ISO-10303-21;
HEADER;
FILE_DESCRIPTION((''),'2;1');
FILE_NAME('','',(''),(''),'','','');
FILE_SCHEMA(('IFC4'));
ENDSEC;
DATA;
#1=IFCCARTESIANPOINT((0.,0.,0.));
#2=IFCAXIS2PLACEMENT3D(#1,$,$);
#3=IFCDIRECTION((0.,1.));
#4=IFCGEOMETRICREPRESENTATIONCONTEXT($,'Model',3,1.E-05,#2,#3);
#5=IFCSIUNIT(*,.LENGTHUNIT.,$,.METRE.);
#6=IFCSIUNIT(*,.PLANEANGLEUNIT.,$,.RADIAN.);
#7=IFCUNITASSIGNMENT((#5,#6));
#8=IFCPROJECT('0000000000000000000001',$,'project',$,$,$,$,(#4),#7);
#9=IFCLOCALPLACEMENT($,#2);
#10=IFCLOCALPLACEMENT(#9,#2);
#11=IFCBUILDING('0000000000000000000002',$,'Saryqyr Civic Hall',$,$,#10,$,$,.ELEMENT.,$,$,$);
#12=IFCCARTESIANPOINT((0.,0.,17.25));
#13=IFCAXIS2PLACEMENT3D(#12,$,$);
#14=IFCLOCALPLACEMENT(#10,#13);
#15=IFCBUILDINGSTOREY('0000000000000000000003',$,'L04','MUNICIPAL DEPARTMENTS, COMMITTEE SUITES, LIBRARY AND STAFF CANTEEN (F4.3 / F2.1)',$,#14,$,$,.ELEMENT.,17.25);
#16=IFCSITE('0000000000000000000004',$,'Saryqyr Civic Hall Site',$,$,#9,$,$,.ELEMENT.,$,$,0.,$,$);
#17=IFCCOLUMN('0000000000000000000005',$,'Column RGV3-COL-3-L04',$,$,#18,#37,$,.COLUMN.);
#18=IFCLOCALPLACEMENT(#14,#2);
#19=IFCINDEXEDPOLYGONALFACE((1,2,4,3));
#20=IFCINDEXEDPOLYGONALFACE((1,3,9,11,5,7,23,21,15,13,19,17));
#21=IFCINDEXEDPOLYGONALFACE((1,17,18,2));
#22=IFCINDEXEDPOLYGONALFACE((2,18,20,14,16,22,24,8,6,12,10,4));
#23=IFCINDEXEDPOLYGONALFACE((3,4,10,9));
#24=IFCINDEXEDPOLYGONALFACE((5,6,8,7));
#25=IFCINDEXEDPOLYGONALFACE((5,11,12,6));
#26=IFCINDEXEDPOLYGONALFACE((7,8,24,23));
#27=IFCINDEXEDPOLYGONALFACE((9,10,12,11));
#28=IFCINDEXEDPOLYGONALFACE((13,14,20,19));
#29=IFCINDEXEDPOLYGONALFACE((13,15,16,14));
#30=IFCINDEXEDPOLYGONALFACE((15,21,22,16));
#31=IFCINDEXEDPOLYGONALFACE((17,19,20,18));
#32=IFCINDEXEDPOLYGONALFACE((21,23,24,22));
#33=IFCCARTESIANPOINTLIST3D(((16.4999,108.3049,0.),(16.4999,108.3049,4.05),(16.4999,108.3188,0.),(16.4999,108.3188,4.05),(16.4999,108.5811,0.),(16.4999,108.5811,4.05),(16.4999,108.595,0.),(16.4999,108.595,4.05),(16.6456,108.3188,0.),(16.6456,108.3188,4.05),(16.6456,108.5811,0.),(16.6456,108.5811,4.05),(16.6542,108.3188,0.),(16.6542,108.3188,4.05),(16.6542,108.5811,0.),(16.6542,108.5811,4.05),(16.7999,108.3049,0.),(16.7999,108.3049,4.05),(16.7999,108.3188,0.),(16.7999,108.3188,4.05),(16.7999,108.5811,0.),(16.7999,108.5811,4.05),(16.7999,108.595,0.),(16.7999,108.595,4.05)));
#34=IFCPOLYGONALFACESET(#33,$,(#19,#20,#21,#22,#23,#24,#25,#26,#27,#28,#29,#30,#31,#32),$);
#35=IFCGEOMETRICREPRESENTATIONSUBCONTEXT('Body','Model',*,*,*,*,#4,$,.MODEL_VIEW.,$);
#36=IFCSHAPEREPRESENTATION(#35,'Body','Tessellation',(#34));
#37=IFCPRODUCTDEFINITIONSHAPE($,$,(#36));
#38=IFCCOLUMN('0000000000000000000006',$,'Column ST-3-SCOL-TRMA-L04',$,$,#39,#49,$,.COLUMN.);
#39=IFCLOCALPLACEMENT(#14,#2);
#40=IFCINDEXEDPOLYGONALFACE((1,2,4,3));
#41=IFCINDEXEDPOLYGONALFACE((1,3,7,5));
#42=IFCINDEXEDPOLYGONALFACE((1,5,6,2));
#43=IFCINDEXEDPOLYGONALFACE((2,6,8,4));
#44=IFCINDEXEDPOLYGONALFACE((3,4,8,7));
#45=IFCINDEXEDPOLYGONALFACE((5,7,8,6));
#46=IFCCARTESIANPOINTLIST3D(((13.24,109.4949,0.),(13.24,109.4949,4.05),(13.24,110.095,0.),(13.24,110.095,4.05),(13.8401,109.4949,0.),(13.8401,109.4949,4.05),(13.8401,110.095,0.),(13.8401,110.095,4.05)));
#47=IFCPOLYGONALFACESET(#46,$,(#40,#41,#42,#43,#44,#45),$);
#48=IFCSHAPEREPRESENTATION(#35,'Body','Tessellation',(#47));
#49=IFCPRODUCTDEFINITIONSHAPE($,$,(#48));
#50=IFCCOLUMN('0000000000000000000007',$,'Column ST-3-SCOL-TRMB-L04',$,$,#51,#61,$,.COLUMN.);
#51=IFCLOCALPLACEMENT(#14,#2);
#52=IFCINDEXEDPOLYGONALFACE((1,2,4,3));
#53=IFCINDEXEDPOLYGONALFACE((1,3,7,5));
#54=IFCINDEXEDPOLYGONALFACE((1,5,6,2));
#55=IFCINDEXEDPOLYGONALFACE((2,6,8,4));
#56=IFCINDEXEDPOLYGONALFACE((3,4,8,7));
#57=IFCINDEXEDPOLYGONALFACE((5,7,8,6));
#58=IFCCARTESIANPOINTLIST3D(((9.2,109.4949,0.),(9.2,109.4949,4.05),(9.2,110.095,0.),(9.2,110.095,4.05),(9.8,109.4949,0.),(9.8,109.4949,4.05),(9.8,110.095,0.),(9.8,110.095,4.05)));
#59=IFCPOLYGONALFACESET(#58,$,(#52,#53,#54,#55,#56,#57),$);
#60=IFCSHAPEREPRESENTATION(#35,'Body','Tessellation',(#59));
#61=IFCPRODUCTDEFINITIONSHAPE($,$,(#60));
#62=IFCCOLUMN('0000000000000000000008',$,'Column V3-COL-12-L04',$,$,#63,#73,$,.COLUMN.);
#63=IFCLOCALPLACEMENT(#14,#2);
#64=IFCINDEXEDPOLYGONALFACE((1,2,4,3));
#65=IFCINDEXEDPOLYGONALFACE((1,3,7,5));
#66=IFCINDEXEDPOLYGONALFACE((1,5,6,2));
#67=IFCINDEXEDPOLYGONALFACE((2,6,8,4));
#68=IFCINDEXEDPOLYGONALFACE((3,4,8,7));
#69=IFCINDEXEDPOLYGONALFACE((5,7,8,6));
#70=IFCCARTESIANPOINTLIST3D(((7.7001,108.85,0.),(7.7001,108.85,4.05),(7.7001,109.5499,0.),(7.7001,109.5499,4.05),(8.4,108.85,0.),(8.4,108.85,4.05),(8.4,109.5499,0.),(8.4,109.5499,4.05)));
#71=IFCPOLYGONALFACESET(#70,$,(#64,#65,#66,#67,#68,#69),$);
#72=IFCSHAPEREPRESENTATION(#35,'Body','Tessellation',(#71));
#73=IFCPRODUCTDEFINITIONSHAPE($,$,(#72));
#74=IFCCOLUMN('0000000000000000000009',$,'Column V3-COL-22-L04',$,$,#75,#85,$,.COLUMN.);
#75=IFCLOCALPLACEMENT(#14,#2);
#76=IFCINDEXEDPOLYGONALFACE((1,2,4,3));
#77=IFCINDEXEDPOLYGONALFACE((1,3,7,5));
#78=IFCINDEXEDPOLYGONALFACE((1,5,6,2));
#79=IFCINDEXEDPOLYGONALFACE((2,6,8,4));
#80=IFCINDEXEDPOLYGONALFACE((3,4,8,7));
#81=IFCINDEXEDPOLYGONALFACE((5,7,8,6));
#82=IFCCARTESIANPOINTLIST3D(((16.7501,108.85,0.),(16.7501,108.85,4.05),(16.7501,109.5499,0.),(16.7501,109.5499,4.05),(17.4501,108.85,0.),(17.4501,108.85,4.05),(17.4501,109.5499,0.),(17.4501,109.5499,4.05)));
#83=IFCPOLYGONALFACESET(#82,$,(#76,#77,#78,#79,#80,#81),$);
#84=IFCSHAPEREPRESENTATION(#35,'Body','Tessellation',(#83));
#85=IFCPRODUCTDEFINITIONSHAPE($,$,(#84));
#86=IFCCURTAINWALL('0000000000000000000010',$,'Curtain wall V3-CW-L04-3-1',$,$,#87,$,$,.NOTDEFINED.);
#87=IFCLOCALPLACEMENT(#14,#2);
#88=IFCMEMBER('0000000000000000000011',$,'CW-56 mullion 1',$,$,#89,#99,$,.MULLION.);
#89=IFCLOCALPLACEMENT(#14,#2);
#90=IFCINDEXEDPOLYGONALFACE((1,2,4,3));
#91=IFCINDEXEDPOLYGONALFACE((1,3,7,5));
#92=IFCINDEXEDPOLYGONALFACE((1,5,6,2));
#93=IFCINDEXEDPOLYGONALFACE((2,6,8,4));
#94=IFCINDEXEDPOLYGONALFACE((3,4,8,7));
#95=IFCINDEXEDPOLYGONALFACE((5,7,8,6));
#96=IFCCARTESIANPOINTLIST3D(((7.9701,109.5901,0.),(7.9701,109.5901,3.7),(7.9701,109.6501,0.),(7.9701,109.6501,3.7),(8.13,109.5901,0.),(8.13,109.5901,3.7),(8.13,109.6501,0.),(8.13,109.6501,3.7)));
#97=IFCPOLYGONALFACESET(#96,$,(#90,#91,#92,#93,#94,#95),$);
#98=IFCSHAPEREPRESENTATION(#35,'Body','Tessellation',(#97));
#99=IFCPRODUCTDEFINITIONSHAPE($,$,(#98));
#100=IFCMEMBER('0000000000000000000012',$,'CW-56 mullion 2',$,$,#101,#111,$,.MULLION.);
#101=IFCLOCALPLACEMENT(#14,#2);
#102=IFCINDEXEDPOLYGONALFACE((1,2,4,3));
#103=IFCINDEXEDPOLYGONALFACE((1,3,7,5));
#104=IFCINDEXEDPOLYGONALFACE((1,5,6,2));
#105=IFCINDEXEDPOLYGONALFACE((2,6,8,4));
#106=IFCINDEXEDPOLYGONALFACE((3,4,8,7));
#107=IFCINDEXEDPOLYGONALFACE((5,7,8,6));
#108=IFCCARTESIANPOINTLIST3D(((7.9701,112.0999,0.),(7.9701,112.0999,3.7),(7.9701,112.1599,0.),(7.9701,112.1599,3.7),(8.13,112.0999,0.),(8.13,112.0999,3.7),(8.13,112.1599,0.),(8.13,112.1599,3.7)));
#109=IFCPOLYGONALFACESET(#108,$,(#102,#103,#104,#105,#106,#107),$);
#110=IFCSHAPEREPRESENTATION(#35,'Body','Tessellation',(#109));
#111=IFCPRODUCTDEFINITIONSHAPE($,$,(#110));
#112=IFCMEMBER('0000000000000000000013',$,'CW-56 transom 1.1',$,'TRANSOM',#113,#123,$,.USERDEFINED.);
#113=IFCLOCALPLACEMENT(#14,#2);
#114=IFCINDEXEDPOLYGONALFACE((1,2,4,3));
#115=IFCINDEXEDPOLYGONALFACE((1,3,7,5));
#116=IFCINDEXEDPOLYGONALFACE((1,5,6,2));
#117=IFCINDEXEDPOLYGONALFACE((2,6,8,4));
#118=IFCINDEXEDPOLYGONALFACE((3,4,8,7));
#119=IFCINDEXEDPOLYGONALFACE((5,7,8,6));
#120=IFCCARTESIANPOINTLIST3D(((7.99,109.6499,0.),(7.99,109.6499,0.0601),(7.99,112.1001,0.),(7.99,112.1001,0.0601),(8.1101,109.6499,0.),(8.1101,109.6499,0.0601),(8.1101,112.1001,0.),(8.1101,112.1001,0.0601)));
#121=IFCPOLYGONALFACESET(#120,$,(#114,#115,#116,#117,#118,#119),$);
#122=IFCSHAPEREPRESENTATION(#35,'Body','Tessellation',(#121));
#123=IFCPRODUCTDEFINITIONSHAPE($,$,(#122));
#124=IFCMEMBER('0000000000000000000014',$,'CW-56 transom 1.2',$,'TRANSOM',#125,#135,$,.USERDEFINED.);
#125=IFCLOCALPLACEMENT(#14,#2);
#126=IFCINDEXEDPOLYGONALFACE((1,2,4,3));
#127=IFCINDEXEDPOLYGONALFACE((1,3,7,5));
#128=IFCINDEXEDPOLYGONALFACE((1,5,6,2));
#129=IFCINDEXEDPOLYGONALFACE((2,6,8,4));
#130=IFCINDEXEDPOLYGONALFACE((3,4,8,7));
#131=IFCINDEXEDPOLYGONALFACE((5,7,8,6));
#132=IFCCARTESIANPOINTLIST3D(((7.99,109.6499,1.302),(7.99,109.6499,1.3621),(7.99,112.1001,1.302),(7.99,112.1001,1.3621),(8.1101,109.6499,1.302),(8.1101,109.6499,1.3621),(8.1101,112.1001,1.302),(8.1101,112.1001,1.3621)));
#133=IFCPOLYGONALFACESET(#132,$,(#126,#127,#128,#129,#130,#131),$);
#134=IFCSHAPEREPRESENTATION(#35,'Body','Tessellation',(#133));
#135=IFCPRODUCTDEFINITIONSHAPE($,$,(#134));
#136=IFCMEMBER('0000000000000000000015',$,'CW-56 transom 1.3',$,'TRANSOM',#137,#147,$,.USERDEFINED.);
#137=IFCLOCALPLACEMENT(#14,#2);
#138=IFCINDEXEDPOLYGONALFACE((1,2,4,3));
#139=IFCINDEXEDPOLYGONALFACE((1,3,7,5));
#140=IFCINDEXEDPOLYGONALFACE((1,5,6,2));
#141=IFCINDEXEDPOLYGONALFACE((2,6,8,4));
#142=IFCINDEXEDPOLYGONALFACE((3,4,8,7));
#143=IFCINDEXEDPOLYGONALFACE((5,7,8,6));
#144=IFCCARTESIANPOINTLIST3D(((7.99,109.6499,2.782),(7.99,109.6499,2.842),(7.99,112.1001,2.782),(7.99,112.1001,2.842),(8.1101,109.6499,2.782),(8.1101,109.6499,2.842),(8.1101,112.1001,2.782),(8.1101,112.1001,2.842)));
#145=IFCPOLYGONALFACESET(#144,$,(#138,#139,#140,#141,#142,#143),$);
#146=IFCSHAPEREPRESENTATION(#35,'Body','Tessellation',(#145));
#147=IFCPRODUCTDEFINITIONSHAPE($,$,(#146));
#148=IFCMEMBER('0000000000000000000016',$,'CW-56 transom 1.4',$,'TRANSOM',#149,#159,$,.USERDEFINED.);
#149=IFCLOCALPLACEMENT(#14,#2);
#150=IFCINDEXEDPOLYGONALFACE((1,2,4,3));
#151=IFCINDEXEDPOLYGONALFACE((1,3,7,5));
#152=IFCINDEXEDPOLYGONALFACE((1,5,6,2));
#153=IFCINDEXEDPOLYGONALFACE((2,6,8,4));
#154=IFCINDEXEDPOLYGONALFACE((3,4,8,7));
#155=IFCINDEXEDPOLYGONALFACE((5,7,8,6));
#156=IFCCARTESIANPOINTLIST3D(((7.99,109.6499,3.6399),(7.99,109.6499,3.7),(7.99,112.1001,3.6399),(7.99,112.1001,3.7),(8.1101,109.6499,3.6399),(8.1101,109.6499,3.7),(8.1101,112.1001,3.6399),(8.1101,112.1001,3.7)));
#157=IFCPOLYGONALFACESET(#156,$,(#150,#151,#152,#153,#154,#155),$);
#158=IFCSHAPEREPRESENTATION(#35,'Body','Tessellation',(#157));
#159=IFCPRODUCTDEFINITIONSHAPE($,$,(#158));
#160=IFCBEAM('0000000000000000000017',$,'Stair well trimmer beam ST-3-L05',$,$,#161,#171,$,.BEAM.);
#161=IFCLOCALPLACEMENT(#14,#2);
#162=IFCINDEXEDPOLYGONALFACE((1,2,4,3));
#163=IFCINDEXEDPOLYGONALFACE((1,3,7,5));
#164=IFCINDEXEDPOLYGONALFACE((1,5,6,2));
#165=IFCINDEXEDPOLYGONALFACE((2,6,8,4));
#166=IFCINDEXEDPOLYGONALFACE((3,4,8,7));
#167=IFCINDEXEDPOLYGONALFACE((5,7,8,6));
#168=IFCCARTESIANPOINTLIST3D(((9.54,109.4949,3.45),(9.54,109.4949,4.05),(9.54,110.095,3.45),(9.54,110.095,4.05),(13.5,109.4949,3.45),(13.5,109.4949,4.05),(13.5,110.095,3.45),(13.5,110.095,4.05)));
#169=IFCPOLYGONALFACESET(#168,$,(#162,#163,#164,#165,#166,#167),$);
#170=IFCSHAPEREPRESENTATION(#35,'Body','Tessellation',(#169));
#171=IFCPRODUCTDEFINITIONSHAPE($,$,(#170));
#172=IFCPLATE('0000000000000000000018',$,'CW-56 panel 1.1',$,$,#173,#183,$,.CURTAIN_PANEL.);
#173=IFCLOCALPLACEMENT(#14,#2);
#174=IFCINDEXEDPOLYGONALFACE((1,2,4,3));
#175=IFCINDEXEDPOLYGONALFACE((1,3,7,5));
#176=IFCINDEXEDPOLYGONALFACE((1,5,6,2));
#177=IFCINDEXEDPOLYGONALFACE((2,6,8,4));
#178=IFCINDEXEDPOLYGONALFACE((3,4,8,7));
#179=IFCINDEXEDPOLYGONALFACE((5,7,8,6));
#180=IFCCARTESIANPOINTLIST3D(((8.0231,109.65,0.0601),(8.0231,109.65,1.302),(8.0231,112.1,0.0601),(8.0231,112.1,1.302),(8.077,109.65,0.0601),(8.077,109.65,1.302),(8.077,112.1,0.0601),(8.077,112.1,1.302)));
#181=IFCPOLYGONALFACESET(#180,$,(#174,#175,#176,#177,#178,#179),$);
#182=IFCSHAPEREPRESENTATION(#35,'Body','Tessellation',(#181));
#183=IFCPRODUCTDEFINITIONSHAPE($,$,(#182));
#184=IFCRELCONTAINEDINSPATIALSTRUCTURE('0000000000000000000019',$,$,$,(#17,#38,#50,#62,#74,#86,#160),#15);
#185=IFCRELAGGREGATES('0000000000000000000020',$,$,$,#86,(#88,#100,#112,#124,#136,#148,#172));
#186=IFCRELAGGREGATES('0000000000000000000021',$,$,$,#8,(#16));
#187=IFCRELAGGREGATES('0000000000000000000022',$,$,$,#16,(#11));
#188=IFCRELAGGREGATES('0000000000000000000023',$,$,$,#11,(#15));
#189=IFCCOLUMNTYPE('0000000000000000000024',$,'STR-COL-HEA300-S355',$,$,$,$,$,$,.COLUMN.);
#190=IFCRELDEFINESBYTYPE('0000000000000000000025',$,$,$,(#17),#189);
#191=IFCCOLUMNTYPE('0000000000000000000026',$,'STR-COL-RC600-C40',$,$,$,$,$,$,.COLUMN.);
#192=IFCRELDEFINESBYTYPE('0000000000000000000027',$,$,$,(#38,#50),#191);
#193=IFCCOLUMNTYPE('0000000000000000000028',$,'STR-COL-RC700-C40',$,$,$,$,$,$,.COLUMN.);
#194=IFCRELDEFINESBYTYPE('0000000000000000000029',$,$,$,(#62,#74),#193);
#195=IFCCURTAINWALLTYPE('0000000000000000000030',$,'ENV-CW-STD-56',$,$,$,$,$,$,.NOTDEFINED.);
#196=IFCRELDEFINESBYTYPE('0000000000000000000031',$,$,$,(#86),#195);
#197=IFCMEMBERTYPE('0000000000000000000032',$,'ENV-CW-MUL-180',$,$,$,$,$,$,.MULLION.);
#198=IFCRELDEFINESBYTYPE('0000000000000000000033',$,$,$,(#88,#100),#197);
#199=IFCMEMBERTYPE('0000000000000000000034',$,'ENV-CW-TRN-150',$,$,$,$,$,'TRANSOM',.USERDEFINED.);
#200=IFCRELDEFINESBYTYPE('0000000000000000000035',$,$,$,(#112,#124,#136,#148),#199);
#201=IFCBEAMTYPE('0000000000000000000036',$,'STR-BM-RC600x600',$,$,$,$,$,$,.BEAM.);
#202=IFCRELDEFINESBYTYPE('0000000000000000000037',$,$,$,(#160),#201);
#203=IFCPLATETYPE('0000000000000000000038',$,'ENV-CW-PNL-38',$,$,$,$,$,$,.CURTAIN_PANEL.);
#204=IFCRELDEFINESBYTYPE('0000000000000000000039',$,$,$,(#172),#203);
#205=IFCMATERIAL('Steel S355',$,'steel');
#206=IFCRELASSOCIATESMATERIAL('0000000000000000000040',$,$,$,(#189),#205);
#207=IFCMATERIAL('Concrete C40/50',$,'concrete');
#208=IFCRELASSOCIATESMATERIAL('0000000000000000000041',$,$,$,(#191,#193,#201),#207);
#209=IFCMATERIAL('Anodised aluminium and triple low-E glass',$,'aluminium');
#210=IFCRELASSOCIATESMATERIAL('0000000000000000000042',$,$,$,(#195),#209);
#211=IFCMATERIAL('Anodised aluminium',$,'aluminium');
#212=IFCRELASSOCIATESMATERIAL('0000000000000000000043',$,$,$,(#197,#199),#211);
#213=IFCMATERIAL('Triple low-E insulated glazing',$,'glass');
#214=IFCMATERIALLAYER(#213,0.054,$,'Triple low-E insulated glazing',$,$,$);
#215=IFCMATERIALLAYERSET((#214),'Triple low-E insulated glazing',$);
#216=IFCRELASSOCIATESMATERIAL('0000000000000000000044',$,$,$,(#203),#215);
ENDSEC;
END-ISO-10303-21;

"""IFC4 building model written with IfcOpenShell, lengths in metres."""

from ifc_helpers import new_model, si_unit, direction, frame, origin, origin_2d, place, context, subcontext, project, spatial, rectangle, i_section, extrude, material, layer, layer_set, material_profile, profile_set, type_object, element, aggregate, save


model = new_model("IFC4")

# Units and contexts
model_context = context("Model", 3, precision=1e-05, world=origin(), true_north=direction((0.0, 1.0)))
body_context = subcontext(model_context, "Body", "Model", "MODEL_VIEW")
ifc_project = project(units=[si_unit("LENGTHUNIT", "METRE"), si_unit("PLANEANGLEUNIT", "RADIAN")], contexts=[model_context])

# Site, building, storey
site_placement = place(None, origin())
site = spatial("IfcSite", under=ifc_project, at=site_placement, Name="Saryqyr Civic Hall Site", CompositionType="ELEMENT", RefElevation=0.0)
building_placement = place(site_placement, origin())
building = spatial("IfcBuilding", under=site, at=building_placement, Name="Saryqyr Civic Hall", CompositionType="ELEMENT")
storey_placement = place(building_placement, frame((0.0, 0.0, 17.25)))
storey = spatial("IfcBuildingStorey", under=building, at=storey_placement, Name="L04", Description="MUNICIPAL DEPARTMENTS, COMMITTEE SUITES, LIBRARY AND STAFF CANTEEN (F4.3 / F2.1)", CompositionType="ELEMENT", Elevation=17.25)

# Columns
ifc_material_1 = material(Name="Steel S355", Category="steel")
ifc_material_profile_1 = material_profile(ifc_material_1, i_section(OverallWidth=0.3, OverallDepth=0.29, WebThickness=0.0085, FlangeThickness=0.0139, at=origin_2d()), Name="HEA 300")
ifc_profile_set_1 = profile_set([ifc_material_profile_1], Name="Steel S355")
column_type_1 = type_object("IfcColumnType", Name="STR-COL-HEA300-S355", PredefinedType="COLUMN", material=ifc_profile_set_1)
column_placement = place(storey_placement, frame((16.6499, 108.45, 0.0), z_axis=(0.0, 0.0, 1.0), x_axis=(1.0, 0.0, 0.0)))
element("IfcColumn", 1, at=column_placement, inside=storey, type_object=column_type_1, Name="Column RGV3-COL-3-L04", PredefinedType="COLUMN", context=body_context, shape_type="SweptSolid", body=[
    extrude(i_section(OverallWidth=0.3, OverallDepth=0.29, WebThickness=0.0085, FlangeThickness=0.0139, at=origin_2d()), origin(), (0.0, 0.0, 1.0), 4.05),
])
ifc_material_2 = material(Name="Concrete C40/50", Category="concrete")
ifc_material_profile_2 = material_profile(ifc_material_2, rectangle(XDim=0.6001, YDim=0.6001, at=origin_2d()), Name="RC 600x600")
ifc_profile_set_2 = profile_set([ifc_material_profile_2], Name="Concrete C40/50")
column_type_2 = type_object("IfcColumnType", Name="STR-COL-RC600-C40", PredefinedType="COLUMN", material=ifc_profile_set_2)
for number, where, z_axis, x_axis, name in (
    (2, (13.54, 109.7949, 0.0), (0.0, 0.0, 1.0), (1.0, 0.0, 0.0), "Column ST-3-SCOL-TRMA-L04"),
    (3, (9.5, 109.7949, 0.0), (0.0, 0.0, 1.0), (1.0, 0.0, 0.0), "Column ST-3-SCOL-TRMB-L04"),
):
    element("IfcColumn", number, at=place(storey_placement, frame(where, z_axis=z_axis, x_axis=x_axis)), inside=storey, type_object=column_type_2, Name=name, PredefinedType="COLUMN", context=body_context, shape_type="SweptSolid", body=[
        extrude(rectangle(XDim=0.6001, YDim=0.6001, at=origin_2d()), origin(), (0.0, 0.0, 1.0), 4.05),
    ])
ifc_material_profile_3 = material_profile(ifc_material_2, rectangle(XDim=0.7, YDim=0.7, at=origin_2d()), Name="RC 700x700")
ifc_profile_set_3 = profile_set([ifc_material_profile_3], Name="Concrete C40/50")
column_type_3 = type_object("IfcColumnType", Name="STR-COL-RC700-C40", PredefinedType="COLUMN", material=ifc_profile_set_3)
for number, where, z_axis, x_axis, name in (
    (4, (8.05, 109.2, 0.0), (0.0, 0.0, 1.0), (1.0, 0.0, 0.0), "Column V3-COL-12-L04"),
    (5, (17.1001, 109.2, 0.0), (0.0, 0.0, 1.0), (1.0, 0.0, 0.0), "Column V3-COL-22-L04"),
):
    element("IfcColumn", number, at=place(storey_placement, frame(where, z_axis=z_axis, x_axis=x_axis)), inside=storey, type_object=column_type_3, Name=name, PredefinedType="COLUMN", context=body_context, shape_type="SweptSolid", body=[
        extrude(rectangle(XDim=0.7, YDim=0.7, at=origin_2d()), origin(), (0.0, 0.0, 1.0), 4.05),
    ])

# Curtain wall, members
ifc_material_3 = material(Name="Anodised aluminium and triple low-E glass", Category="aluminium")
curtain_wall_type = type_object("IfcCurtainWallType", Name="ENV-CW-STD-56", PredefinedType="NOTDEFINED", material=ifc_material_3)
curtain_wall_placement = place(storey_placement, origin())
curtain_wall = element("IfcCurtainWall", 6, at=curtain_wall_placement, inside=storey, type_object=curtain_wall_type, Name="Curtain wall V3-CW-L04-3-1", PredefinedType="NOTDEFINED")
ifc_material_4 = material(Name="Anodised aluminium", Category="aluminium")
ifc_material_profile_4 = material_profile(ifc_material_4, rectangle(XDim=0.0601, YDim=0.1599, at=origin_2d()), Name="ALU MULLION 60x160")
ifc_profile_set_4 = profile_set([ifc_material_profile_4], Name="Anodised aluminium")
member_type_1 = type_object("IfcMemberType", Name="ENV-CW-MUL-180", PredefinedType="MULLION", material=ifc_profile_set_4)
member_1_placement = place(storey_placement, frame((8.05, 109.6201, 0.0), z_axis=(0.0, 0.0, 1.0), x_axis=(0.0, 1.0, 0.0)))
member_1 = element("IfcMember", 7, at=member_1_placement, type_object=member_type_1, Name="CW-56 mullion 1", PredefinedType="MULLION", context=body_context, shape_type="SweptSolid", body=[
    extrude(rectangle(XDim=0.0601, YDim=0.1599, at=origin_2d()), origin(), (0.0, 0.0, 1.0), 3.7),
])
member_2_placement = place(storey_placement, frame((8.05, 112.1299, 0.0), z_axis=(0.0, 0.0, 1.0), x_axis=(0.0, 1.0, 0.0)))
member_2 = element("IfcMember", 8, at=member_2_placement, type_object=member_type_1, Name="CW-56 mullion 2", PredefinedType="MULLION", context=body_context, shape_type="SweptSolid", body=[
    extrude(rectangle(XDim=0.0601, YDim=0.1599, at=origin_2d()), origin(), (0.0, 0.0, 1.0), 3.7),
])
ifc_material_profile_5 = material_profile(ifc_material_4, rectangle(XDim=0.1201, YDim=0.0601, at=origin_2d()), Name="ALU TRANSOM 120x60")
ifc_profile_set_5 = profile_set([ifc_material_profile_5], Name="Anodised aluminium")
member_type_2 = type_object("IfcMemberType", Name="ENV-CW-TRN-150", ElementType="TRANSOM", PredefinedType="USERDEFINED", material=ifc_profile_set_5)
member_3_placement = place(storey_placement, frame((8.05, 109.6499, 0.03), z_axis=(0.0, 1.0, 0.0), x_axis=(-1.0, 0.0, 0.0)))
member_3 = element("IfcMember", 9, at=member_3_placement, type_object=member_type_2, Name="CW-56 transom 1.1", ObjectType="TRANSOM", PredefinedType="USERDEFINED", context=body_context, shape_type="SweptSolid", body=[
    extrude(rectangle(XDim=0.1201, YDim=0.0601, at=origin_2d()), origin(), (0.0, 0.0, 1.0), 2.4502),
])
member_4_placement = place(storey_placement, frame((8.05, 109.6499, 1.332), z_axis=(0.0, 1.0, 0.0), x_axis=(-1.0, 0.0, 0.0)))
member_4 = element("IfcMember", 10, at=member_4_placement, type_object=member_type_2, Name="CW-56 transom 1.2", ObjectType="TRANSOM", PredefinedType="USERDEFINED", context=body_context, shape_type="SweptSolid", body=[
    extrude(rectangle(XDim=0.1201, YDim=0.0601, at=origin_2d()), origin(), (0.0, 0.0, 1.0), 2.4502),
])
member_5_placement = place(storey_placement, frame((8.05, 109.6499, 2.812), z_axis=(0.0, 1.0, 0.0), x_axis=(-1.0, 0.0, 0.0)))
member_5 = element("IfcMember", 11, at=member_5_placement, type_object=member_type_2, Name="CW-56 transom 1.3", ObjectType="TRANSOM", PredefinedType="USERDEFINED", context=body_context, shape_type="SweptSolid", body=[
    extrude(rectangle(XDim=0.1201, YDim=0.0601, at=origin_2d()), origin(), (0.0, 0.0, 1.0), 2.4502),
])
member_6_placement = place(storey_placement, frame((8.05, 109.6499, 3.6699), z_axis=(0.0, 1.0, 0.0), x_axis=(-1.0, 0.0, 0.0)))
member_6 = element("IfcMember", 12, at=member_6_placement, type_object=member_type_2, Name="CW-56 transom 1.4", ObjectType="TRANSOM", PredefinedType="USERDEFINED", context=body_context, shape_type="SweptSolid", body=[
    extrude(rectangle(XDim=0.1201, YDim=0.0601, at=origin_2d()), origin(), (0.0, 0.0, 1.0), 2.4502),
])

# Beam
ifc_material_profile_6 = material_profile(ifc_material_2, rectangle(XDim=0.6001, YDim=0.6001, at=origin_2d()), Name="RC 600x600")
ifc_profile_set_6 = profile_set([ifc_material_profile_6], Name="Concrete C40/50")
beam_type = type_object("IfcBeamType", Name="STR-BM-RC600x600", PredefinedType="BEAM", material=ifc_profile_set_6)
beam_placement = place(storey_placement, frame((13.5, 109.7949, 3.75), z_axis=(-1.0, 0.0, 0.0), x_axis=(0.0, -1.0, 0.0)))
element("IfcBeam", 13, at=beam_placement, inside=storey, type_object=beam_type, Name="Stair well trimmer beam ST-3-L05", PredefinedType="BEAM", context=body_context, shape_type="SweptSolid", body=[
    extrude(rectangle(XDim=0.6001, YDim=0.6001, at=origin_2d()), origin(), (0.0, 0.0, 1.0), 3.96),
])

# Plate
ifc_material_5 = material(Name="Triple low-E insulated glazing", Category="glass")
ifc_layer_1 = layer(ifc_material_5, 0.054, Name="Triple low-E insulated glazing")
ifc_layer_set_1 = layer_set([ifc_layer_1], Name="Triple low-E insulated glazing")
plate_type = type_object("IfcPlateType", Name="ENV-CW-PNL-38", PredefinedType="CURTAIN_PANEL", material=ifc_layer_set_1)
plate_1_placement = place(storey_placement, frame((8.05, 110.875, 0.0601), z_axis=(0.0, 0.0, 1.0), x_axis=(0.0, 1.0, 0.0)))
plate_1 = element("IfcPlate", 14, at=plate_1_placement, type_object=plate_type, Name="CW-56 panel 1.1", PredefinedType="CURTAIN_PANEL", context=body_context, shape_type="SweptSolid", body=[
    extrude(rectangle(XDim=2.45, YDim=0.054, at=origin_2d()), origin(), (0.0, 0.0, 1.0), 1.2419),
])
aggregate(curtain_wall, [member_1, member_2, member_3, member_4, member_5, member_6, plate_1])

save(model, "model.ifc")
